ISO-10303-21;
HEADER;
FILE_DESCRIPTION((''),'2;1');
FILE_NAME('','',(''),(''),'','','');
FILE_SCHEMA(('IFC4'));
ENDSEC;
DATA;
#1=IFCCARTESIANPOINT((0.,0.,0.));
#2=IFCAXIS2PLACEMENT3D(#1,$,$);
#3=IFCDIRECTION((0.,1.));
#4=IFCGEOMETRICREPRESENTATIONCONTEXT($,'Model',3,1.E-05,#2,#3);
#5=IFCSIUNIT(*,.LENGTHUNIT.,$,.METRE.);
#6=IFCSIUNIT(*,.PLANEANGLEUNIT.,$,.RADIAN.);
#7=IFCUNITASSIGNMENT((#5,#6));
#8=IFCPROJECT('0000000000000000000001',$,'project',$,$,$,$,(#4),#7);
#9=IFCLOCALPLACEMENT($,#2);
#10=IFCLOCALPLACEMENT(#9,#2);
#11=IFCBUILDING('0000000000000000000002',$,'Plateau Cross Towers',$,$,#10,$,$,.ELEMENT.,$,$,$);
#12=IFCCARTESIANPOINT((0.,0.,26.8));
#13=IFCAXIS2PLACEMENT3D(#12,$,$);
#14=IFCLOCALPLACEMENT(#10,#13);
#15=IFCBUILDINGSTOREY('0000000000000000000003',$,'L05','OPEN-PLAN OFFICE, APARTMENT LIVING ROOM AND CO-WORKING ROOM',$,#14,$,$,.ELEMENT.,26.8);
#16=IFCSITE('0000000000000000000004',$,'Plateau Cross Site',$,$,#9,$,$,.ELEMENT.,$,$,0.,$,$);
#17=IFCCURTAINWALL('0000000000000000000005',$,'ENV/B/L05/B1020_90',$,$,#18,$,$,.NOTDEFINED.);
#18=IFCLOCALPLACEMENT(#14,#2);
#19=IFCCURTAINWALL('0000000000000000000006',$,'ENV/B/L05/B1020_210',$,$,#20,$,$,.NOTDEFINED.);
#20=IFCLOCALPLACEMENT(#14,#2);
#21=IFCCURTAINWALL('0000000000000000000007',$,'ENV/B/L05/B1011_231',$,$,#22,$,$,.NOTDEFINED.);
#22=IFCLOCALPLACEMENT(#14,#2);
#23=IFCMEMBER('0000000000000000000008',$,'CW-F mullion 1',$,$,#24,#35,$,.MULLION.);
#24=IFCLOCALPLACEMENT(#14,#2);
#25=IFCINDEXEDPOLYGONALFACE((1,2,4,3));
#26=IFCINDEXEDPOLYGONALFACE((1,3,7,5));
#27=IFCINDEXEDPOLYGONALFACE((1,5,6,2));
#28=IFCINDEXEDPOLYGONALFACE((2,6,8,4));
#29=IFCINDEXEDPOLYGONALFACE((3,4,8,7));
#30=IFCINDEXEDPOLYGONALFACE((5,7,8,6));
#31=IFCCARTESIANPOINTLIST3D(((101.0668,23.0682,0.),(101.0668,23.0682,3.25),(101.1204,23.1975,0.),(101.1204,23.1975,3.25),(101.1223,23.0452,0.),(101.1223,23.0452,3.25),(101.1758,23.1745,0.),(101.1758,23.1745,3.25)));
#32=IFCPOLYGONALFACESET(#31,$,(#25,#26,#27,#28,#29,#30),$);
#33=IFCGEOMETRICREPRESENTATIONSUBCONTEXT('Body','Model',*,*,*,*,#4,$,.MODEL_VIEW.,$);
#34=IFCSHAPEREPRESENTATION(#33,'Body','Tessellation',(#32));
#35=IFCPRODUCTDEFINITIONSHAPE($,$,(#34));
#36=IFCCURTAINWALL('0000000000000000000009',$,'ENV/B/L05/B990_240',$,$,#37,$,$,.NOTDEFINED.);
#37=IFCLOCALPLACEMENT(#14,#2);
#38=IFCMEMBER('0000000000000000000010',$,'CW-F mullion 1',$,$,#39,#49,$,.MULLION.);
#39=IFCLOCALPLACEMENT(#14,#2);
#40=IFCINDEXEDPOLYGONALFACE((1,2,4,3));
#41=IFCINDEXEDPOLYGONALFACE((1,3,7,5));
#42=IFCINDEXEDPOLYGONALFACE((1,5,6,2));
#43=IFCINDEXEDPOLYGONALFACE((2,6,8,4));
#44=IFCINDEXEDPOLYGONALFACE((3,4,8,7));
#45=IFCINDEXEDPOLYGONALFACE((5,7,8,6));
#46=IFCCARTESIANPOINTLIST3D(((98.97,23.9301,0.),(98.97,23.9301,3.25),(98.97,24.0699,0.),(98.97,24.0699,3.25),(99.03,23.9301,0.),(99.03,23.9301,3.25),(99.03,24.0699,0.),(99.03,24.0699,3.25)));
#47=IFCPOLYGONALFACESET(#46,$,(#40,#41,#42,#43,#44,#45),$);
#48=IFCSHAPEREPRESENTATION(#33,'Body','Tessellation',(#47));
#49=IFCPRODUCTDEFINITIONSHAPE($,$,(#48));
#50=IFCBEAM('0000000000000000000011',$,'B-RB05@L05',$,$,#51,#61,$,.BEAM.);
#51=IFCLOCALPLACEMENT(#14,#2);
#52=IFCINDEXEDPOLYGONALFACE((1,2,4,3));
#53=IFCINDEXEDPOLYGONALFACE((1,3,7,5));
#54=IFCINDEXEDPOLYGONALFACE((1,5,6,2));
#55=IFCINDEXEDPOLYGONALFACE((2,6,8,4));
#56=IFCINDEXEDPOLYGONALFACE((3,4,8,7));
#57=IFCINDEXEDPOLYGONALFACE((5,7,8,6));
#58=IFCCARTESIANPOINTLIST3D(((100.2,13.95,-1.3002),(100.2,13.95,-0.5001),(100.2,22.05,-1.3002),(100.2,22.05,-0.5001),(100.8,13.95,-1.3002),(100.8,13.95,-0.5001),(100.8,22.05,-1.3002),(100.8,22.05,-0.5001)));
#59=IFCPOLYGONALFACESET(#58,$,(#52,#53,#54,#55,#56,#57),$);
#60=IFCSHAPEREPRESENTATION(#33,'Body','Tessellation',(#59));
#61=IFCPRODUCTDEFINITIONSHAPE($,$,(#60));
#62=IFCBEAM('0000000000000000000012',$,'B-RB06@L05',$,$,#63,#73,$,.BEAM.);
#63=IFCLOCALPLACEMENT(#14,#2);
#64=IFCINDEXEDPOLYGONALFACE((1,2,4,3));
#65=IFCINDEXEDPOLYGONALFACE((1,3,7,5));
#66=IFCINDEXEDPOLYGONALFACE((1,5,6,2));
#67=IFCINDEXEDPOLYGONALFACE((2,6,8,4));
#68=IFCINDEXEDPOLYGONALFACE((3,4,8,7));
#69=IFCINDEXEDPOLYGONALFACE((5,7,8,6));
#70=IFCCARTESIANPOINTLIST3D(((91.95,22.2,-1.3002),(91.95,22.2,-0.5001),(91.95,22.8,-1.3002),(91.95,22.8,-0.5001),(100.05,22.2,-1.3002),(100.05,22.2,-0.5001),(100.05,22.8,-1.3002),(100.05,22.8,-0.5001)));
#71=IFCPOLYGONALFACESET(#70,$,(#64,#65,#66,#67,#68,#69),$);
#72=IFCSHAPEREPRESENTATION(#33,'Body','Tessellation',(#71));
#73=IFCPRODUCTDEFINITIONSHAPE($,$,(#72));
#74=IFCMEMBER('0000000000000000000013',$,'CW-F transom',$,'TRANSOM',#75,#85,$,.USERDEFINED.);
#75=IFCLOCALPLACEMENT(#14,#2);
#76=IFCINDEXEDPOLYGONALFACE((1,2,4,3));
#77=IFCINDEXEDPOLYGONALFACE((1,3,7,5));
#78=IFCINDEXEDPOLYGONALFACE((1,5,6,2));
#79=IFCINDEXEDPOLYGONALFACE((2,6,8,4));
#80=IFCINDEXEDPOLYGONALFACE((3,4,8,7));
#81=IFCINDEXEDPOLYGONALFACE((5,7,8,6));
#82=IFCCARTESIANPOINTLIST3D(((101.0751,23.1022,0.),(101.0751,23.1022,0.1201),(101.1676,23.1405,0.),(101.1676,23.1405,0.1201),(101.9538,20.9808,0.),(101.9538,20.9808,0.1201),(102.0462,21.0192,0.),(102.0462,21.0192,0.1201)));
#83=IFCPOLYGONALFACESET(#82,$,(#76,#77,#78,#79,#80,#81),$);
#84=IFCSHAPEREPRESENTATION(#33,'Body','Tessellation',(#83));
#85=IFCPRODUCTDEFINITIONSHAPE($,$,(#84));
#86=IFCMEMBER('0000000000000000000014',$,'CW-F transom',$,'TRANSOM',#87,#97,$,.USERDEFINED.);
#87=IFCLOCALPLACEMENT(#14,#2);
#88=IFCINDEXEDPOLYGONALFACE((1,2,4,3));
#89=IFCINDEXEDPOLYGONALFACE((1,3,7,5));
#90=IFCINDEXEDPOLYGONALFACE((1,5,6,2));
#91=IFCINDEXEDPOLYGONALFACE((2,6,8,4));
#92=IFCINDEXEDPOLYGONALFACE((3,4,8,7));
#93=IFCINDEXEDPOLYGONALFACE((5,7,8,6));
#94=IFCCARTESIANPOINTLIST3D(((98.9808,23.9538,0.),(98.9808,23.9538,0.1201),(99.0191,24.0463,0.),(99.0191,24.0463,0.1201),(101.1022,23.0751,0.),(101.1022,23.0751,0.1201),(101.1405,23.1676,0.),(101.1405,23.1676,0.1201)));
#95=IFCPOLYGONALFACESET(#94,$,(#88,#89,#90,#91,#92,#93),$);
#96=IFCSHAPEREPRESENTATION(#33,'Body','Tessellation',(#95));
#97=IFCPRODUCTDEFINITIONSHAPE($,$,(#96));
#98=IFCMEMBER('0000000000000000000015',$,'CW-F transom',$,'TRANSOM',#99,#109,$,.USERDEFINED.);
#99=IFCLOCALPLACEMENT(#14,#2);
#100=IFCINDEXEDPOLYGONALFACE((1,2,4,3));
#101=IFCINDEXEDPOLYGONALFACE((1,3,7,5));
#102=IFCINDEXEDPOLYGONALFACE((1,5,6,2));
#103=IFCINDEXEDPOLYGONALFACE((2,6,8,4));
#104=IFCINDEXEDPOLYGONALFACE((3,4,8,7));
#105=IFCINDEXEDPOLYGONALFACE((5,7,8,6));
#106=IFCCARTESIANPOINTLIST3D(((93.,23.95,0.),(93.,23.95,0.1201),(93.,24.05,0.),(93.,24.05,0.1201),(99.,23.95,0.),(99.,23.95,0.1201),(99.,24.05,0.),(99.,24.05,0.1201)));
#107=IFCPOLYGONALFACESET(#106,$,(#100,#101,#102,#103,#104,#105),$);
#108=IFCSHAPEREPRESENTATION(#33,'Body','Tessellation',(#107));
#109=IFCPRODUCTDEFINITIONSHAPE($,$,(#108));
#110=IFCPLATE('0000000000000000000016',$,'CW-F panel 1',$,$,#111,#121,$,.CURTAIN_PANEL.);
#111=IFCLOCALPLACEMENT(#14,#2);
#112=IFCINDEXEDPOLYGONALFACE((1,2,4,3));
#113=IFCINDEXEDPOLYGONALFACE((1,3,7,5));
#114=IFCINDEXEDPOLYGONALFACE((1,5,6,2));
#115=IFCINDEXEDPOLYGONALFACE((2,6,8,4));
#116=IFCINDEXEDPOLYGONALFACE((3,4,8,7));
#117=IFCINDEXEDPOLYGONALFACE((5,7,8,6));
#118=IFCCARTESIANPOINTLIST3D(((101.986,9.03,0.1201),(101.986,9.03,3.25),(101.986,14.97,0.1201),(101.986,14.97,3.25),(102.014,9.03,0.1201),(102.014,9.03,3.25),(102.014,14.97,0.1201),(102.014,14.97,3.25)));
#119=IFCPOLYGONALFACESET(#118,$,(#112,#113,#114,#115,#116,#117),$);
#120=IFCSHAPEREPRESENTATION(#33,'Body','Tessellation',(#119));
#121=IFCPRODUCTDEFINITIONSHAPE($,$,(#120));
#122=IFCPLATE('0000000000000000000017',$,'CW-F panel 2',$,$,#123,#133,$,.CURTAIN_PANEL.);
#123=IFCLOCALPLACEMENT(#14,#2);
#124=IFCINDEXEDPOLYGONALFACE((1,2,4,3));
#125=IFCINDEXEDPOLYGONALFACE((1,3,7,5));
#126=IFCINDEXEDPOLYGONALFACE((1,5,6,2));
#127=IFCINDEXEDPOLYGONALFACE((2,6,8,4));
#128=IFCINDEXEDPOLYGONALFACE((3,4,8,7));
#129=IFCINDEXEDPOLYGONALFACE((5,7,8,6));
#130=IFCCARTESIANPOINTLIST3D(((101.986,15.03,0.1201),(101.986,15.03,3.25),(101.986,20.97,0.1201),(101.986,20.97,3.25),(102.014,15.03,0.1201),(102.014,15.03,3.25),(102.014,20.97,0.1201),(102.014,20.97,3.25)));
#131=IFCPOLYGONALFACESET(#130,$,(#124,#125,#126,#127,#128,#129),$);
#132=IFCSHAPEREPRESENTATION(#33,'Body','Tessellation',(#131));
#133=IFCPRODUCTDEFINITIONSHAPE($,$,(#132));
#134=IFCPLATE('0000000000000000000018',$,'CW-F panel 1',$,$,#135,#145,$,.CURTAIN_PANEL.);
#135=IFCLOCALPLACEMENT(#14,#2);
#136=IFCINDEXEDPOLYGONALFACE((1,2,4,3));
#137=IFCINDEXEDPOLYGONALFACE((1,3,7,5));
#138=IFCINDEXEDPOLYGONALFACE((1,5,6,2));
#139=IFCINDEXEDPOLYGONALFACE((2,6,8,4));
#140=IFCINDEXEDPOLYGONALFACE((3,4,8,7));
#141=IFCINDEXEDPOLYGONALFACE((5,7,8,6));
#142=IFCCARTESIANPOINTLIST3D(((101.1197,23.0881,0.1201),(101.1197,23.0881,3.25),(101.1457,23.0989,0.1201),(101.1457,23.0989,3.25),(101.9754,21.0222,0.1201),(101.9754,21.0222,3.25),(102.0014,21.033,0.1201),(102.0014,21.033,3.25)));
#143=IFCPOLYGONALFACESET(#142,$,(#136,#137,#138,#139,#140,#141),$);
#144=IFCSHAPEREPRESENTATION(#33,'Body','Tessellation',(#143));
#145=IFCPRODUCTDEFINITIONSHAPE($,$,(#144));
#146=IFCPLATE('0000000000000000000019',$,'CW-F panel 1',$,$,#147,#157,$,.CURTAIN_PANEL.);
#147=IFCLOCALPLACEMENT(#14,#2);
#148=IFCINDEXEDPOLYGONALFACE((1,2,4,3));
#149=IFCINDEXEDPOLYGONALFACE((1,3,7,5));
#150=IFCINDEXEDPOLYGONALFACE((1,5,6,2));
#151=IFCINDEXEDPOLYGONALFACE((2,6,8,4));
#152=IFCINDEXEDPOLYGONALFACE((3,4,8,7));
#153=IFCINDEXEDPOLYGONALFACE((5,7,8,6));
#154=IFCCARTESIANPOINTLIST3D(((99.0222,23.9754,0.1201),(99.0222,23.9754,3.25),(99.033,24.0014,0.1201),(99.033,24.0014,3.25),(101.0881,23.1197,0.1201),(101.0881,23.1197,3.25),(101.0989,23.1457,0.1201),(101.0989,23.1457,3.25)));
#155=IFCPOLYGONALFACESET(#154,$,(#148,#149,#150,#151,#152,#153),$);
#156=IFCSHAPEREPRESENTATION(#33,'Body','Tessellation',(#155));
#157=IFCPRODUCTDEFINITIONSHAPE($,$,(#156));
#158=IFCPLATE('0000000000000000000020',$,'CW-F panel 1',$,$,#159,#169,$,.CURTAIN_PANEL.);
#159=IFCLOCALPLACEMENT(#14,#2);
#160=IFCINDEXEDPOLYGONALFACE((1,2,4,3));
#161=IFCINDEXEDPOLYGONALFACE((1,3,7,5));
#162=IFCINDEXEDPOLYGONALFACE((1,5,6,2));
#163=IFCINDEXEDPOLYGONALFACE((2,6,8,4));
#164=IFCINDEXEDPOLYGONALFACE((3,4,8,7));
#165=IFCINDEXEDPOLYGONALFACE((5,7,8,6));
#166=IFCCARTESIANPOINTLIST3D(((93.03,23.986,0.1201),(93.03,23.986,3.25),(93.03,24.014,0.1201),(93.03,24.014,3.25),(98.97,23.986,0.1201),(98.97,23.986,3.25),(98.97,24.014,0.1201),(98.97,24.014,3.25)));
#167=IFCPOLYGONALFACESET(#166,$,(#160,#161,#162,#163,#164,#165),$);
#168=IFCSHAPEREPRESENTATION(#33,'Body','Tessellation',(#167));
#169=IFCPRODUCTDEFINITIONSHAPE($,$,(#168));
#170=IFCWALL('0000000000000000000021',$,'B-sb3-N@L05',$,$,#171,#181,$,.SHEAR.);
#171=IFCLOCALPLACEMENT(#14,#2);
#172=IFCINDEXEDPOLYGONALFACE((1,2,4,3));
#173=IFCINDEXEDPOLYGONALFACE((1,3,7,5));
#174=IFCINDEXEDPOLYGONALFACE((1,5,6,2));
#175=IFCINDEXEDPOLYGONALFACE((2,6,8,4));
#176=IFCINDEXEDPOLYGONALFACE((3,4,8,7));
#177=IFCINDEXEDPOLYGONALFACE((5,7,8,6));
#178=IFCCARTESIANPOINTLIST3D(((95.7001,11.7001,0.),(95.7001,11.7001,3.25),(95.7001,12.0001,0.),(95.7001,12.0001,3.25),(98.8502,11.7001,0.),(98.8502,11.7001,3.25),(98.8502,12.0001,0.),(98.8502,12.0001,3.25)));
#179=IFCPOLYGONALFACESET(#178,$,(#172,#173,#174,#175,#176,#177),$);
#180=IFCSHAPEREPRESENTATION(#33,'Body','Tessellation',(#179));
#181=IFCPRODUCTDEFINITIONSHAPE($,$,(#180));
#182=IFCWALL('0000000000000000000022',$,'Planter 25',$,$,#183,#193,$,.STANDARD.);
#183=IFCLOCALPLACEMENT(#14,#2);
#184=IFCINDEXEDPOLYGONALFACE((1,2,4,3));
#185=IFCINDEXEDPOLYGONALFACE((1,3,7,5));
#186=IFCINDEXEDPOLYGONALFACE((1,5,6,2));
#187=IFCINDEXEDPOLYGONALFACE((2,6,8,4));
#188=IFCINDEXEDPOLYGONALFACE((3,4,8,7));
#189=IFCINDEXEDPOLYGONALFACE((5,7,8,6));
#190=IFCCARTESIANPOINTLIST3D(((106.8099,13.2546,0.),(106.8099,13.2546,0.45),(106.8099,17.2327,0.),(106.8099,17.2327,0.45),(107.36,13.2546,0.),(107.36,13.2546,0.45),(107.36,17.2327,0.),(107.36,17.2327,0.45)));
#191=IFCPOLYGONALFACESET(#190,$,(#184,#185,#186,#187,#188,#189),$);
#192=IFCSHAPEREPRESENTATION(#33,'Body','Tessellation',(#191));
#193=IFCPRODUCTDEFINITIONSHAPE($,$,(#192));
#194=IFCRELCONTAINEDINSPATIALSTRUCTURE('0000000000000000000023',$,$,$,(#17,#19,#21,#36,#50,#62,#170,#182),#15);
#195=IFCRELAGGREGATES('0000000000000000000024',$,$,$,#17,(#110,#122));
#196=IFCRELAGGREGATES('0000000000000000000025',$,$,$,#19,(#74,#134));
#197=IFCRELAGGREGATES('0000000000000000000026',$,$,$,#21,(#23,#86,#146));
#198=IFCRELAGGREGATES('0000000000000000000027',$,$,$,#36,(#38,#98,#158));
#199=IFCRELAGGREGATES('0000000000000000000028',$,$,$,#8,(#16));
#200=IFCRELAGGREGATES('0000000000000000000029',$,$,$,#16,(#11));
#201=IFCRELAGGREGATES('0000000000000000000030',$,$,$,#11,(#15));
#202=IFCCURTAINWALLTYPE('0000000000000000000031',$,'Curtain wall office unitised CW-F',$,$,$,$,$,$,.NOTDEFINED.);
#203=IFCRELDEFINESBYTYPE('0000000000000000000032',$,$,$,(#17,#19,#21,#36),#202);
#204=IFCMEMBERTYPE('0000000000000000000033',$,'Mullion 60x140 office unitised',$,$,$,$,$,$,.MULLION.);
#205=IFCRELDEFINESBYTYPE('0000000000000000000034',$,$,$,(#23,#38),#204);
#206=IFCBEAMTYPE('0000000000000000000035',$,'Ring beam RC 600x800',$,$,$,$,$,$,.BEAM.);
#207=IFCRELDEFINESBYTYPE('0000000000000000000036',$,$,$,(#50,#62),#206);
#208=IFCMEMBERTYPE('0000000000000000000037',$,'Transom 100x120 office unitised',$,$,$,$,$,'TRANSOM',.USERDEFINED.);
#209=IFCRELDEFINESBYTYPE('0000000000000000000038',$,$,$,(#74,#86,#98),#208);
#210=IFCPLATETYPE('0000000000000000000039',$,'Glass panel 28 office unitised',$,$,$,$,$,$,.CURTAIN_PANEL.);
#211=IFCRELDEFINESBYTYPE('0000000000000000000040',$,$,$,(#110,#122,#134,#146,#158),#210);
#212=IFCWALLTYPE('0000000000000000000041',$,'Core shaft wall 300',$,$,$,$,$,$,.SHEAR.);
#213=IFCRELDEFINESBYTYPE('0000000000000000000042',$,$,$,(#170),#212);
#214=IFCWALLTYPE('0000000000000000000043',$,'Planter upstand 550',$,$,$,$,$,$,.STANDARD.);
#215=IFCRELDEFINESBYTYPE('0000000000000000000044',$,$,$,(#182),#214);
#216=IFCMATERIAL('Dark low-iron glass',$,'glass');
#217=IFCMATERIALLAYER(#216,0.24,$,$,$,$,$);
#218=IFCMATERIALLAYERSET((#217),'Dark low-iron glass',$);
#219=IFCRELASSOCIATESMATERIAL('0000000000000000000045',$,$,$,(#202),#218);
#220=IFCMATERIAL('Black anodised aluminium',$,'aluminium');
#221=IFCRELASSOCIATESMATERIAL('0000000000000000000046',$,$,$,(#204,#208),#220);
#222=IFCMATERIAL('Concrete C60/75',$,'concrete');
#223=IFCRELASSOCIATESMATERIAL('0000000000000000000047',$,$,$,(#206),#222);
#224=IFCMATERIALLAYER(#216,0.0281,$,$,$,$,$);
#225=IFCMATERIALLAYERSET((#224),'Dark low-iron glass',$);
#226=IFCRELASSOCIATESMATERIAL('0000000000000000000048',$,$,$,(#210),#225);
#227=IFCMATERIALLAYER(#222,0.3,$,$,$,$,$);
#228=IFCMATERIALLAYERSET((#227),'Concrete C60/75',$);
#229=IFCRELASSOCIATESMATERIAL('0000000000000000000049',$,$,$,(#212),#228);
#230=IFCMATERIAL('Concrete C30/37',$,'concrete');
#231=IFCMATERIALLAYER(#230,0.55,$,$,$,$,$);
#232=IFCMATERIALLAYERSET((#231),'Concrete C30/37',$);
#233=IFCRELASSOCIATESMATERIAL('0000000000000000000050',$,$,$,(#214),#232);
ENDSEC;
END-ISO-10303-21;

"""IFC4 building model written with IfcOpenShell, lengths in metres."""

from ifc_helpers import new_model, si_unit, direction, frame, frame_2d, origin, origin_2d, place, context, subcontext, project, spatial, rectangle, extrude, material, layer, layer_set, material_profile, profile_set, type_object, element, aggregate, save


model = new_model("IFC4")

# Units and contexts
model_context = context("Model", 3, precision=1e-05, world=origin(), true_north=direction((0.0, 1.0)))
body_context = subcontext(model_context, "Body", "Model", "MODEL_VIEW")
ifc_project = project(units=[si_unit("LENGTHUNIT", "METRE"), si_unit("PLANEANGLEUNIT", "RADIAN")], contexts=[model_context])

# Site, building, storey
site_placement = place(None, origin())
site = spatial("IfcSite", under=ifc_project, at=site_placement, Name="Plateau Cross Site", CompositionType="ELEMENT", RefElevation=0.0)
building_placement = place(site_placement, origin())
building = spatial("IfcBuilding", under=site, at=building_placement, Name="Plateau Cross Towers", CompositionType="ELEMENT")
storey_placement = place(building_placement, frame((0.0, 0.0, 26.8)))
storey = spatial("IfcBuildingStorey", under=building, at=storey_placement, Name="L05", Description="OPEN-PLAN OFFICE, APARTMENT LIVING ROOM AND CO-WORKING ROOM", CompositionType="ELEMENT", Elevation=26.8)

# Shared definitions
ifc_material_1 = material(Name="Concrete C60/75", Category="concrete")

# Curtain walls, members
ifc_material_2 = material(Name="Dark low-iron glass", Category="glass")
ifc_layer_1 = layer(ifc_material_2, 0.24)
ifc_layer_set_1 = layer_set([ifc_layer_1], Name="Dark low-iron glass")
curtain_wall_type = type_object("IfcCurtainWallType", Name="Curtain wall office unitised CW-F", PredefinedType="NOTDEFINED", material=ifc_layer_set_1)
curtain_wall_1_placement = place(storey_placement, origin())
curtain_wall_1 = element("IfcCurtainWall", 1, at=curtain_wall_1_placement, inside=storey, type_object=curtain_wall_type, Name="ENV/B/L05/B1020_90", PredefinedType="NOTDEFINED")
ifc_material_3 = material(Name="Black anodised aluminium", Category="aluminium")
ifc_material_profile_1 = material_profile(ifc_material_3, rectangle(XDim=0.0601, YDim=0.1399, at=origin_2d()), Name="MULLION 60x140")
ifc_profile_set_1 = profile_set([ifc_material_profile_1], Name="Black anodised aluminium")
member_type_1 = type_object("IfcMemberType", Name="Mullion 60x140 office unitised", PredefinedType="MULLION", material=ifc_profile_set_1)
curtain_wall_2_placement = place(storey_placement, origin())
curtain_wall_2 = element("IfcCurtainWall", 2, at=curtain_wall_2_placement, inside=storey, type_object=curtain_wall_type, Name="ENV/B/L05/B1020_210", PredefinedType="NOTDEFINED")
curtain_wall_3_placement = place(storey_placement, origin())
curtain_wall_3 = element("IfcCurtainWall", 3, at=curtain_wall_3_placement, inside=storey, type_object=curtain_wall_type, Name="ENV/B/L05/B1011_231", PredefinedType="NOTDEFINED")
member_1_placement = place(storey_placement, frame((101.1213, 23.1213, 0.0), z_axis=(0.0, 0.0, 1.0), x_axis=(-0.923879, 0.382684, 0.0)))
member_1 = element("IfcMember", 4, at=member_1_placement, type_object=member_type_1, Name="CW-F mullion 1", PredefinedType="MULLION", context=body_context, shape_type="SweptSolid", body=[
    extrude(rectangle(XDim=0.0601, YDim=0.1399, at=origin_2d()), origin(), (0.0, 0.0, 1.0), 3.25),
])
curtain_wall_4_placement = place(storey_placement, origin())
curtain_wall_4 = element("IfcCurtainWall", 5, at=curtain_wall_4_placement, inside=storey, type_object=curtain_wall_type, Name="ENV/B/L05/B990_240", PredefinedType="NOTDEFINED")
member_2_placement = place(storey_placement, frame((99.0, 24.0, 0.0), z_axis=(0.0, 0.0, 1.0), x_axis=(-1.0, 0.0, 0.0)))
member_2 = element("IfcMember", 6, at=member_2_placement, type_object=member_type_1, Name="CW-F mullion 1", PredefinedType="MULLION", context=body_context, shape_type="SweptSolid", body=[
    extrude(rectangle(XDim=0.0601, YDim=0.1399, at=origin_2d()), origin(), (0.0, 0.0, 1.0), 3.25),
])

# Beams
ifc_material_profile_2 = material_profile(ifc_material_1, rectangle(XDim=0.6001, YDim=0.8, at=origin_2d()), Name="RC 600x800")
ifc_profile_set_2 = profile_set([ifc_material_profile_2], Name="Concrete C60/75")
beam_type = type_object("IfcBeamType", Name="Ring beam RC 600x800", PredefinedType="BEAM", material=ifc_profile_set_2)
for number, where, z_axis, x_axis, name in (
    (7, (100.5, 13.95, -0.9001), (0.0, 1.0, 0.0), (-1.0, 0.0, 0.0), "B-RB05@L05"),
    (8, (100.05, 22.5, -0.9001), (-1.0, 0.0, 0.0), (0.0, -1.0, 0.0), "B-RB06@L05"),
):
    element("IfcBeam", number, at=place(storey_placement, frame(where, z_axis=z_axis, x_axis=x_axis)), inside=storey, type_object=beam_type, Name=name, PredefinedType="BEAM", context=body_context, shape_type="SweptSolid", body=[
        extrude(rectangle(XDim=0.6001, YDim=0.8, at=origin_2d()), origin(), (0.0, 0.0, 1.0), 8.1001),
    ])

# Members
ifc_material_profile_3 = material_profile(ifc_material_3, rectangle(XDim=0.1001, YDim=0.1201, at=origin_2d()), Name="TRANSOM 100x120")
ifc_profile_set_3 = profile_set([ifc_material_profile_3], Name="Black anodised aluminium")
member_type_2 = type_object("IfcMemberType", Name="Transom 100x120 office unitised", ElementType="TRANSOM", PredefinedType="USERDEFINED", material=ifc_profile_set_3)
member_3_placement = place(storey_placement, frame((102.0, 21.0, 0.0601), z_axis=(-0.382674, 0.923883, 0.0), x_axis=(-0.923883, -0.382674, 0.0)))
member_3 = element("IfcMember", 9, at=member_3_placement, type_object=member_type_2, Name="CW-F transom", ObjectType="TRANSOM", PredefinedType="USERDEFINED", context=body_context, shape_type="SweptSolid", body=[
    extrude(rectangle(XDim=0.1001, YDim=0.1201, at=origin_2d()), origin(), (0.0, 0.0, 1.0), 2.2961),
])
member_4_placement = place(storey_placement, frame((101.1213, 23.1213, 0.0601), z_axis=(-0.923883, 0.382674, 0.0), x_axis=(-0.382674, -0.923883, 0.0)))
member_4 = element("IfcMember", 10, at=member_4_placement, type_object=member_type_2, Name="CW-F transom", ObjectType="TRANSOM", PredefinedType="USERDEFINED", context=body_context, shape_type="SweptSolid", body=[
    extrude(rectangle(XDim=0.1001, YDim=0.1201, at=origin_2d()), origin(), (0.0, 0.0, 1.0), 2.2961),
])
member_5_placement = place(storey_placement, frame((99.0, 24.0, 0.0601), z_axis=(-1.0, 0.0, 0.0), x_axis=(0.0, -1.0, 0.0)))
member_5 = element("IfcMember", 11, at=member_5_placement, type_object=member_type_2, Name="CW-F transom", ObjectType="TRANSOM", PredefinedType="USERDEFINED", context=body_context, shape_type="SweptSolid", body=[
    extrude(rectangle(XDim=0.1001, YDim=0.1201, at=origin_2d()), origin(), (0.0, 0.0, 1.0), 6.0),
])

# Plates
ifc_layer_2 = layer(ifc_material_2, 0.0281)
ifc_layer_set_2 = layer_set([ifc_layer_2], Name="Dark low-iron glass")
plate_type = type_object("IfcPlateType", Name="Glass panel 28 office unitised", PredefinedType="CURTAIN_PANEL", material=ifc_layer_set_2)
plate_1_placement = place(storey_placement, frame((102.0, 12.0, 0.1201), z_axis=(0.0, 0.0, 1.0), x_axis=(0.0, 1.0, 0.0)))
plate_1 = element("IfcPlate", 12, at=plate_1_placement, type_object=plate_type, Name="CW-F panel 1", PredefinedType="CURTAIN_PANEL", context=body_context, shape_type="SweptSolid", body=[
    extrude(rectangle(XDim=5.9399, YDim=0.0281, at=origin_2d()), origin(), (0.0, 0.0, 1.0), 3.1299),
])
plate_2_placement = place(storey_placement, frame((102.0, 18.0, 0.1201), z_axis=(0.0, 0.0, 1.0), x_axis=(0.0, 1.0, 0.0)))
plate_2 = element("IfcPlate", 13, at=plate_2_placement, type_object=plate_type, Name="CW-F panel 2", PredefinedType="CURTAIN_PANEL", context=body_context, shape_type="SweptSolid", body=[
    extrude(rectangle(XDim=5.9399, YDim=0.0281, at=origin_2d()), origin(), (0.0, 0.0, 1.0), 3.1299),
])
aggregate(curtain_wall_1, [plate_1, plate_2])
plate_3_placement = place(storey_placement, frame((101.5605, 22.0605, 0.1201), z_axis=(0.0, 0.0, 1.0), x_axis=(-0.382684, 0.923879, 0.0)))
plate_3 = element("IfcPlate", 14, at=plate_3_placement, type_object=plate_type, Name="CW-F panel 1", PredefinedType="CURTAIN_PANEL", context=body_context, shape_type="SweptSolid", body=[
    extrude(rectangle(XDim=2.2361, YDim=0.0281, at=origin_2d()), origin(), (0.0, 0.0, 1.0), 3.1299),
])
aggregate(curtain_wall_2, [member_3, plate_3])
plate_4_placement = place(storey_placement, frame((100.0605, 23.5605, 0.1201), z_axis=(0.0, 0.0, 1.0), x_axis=(-0.923879, 0.382684, 0.0)))
plate_4 = element("IfcPlate", 15, at=plate_4_placement, type_object=plate_type, Name="CW-F panel 1", PredefinedType="CURTAIN_PANEL", context=body_context, shape_type="SweptSolid", body=[
    extrude(rectangle(XDim=2.2361, YDim=0.0281, at=origin_2d()), origin(), (0.0, 0.0, 1.0), 3.1299),
])
aggregate(curtain_wall_3, [member_1, member_4, plate_4])
plate_5_placement = place(storey_placement, frame((96.0, 24.0, 0.1201), z_axis=(0.0, 0.0, 1.0), x_axis=(-1.0, 0.0, 0.0)))
plate_5 = element("IfcPlate", 16, at=plate_5_placement, type_object=plate_type, Name="CW-F panel 1", PredefinedType="CURTAIN_PANEL", context=body_context, shape_type="SweptSolid", body=[
    extrude(rectangle(XDim=5.9399, YDim=0.0281, at=origin_2d()), origin(), (0.0, 0.0, 1.0), 3.1299),
])
aggregate(curtain_wall_4, [member_2, member_5, plate_5])

# Walls
ifc_layer_3 = layer(ifc_material_1, 0.3)
ifc_layer_set_3 = layer_set([ifc_layer_3], Name="Concrete C60/75")
wall_type_1 = type_object("IfcWallType", Name="Core shaft wall 300", PredefinedType="SHEAR", material=ifc_layer_set_3)
wall_1_placement = place(storey_placement, frame((95.7, 11.8501, 0.0), z_axis=(0.0, 0.0, 1.0), x_axis=(1.0, 0.0, 0.0)))
element("IfcWall", 17, at=wall_1_placement, inside=storey, type_object=wall_type_1, Name="B-sb3-N@L05", PredefinedType="SHEAR", context=body_context, shape_type="SweptSolid", body=[
    extrude(rectangle(XDim=3.1501, YDim=0.3, at=frame_2d((1.5752, 0.0))), origin(), (0.0, 0.0, 1.0), 3.25),
])
ifc_material_4 = material(Name="Concrete C30/37", Category="concrete")
ifc_layer_4 = layer(ifc_material_4, 0.55)
ifc_layer_set_4 = layer_set([ifc_layer_4], Name="Concrete C30/37")
wall_type_2 = type_object("IfcWallType", Name="Planter upstand 550", PredefinedType="STANDARD", material=ifc_layer_set_4)
wall_2_placement = place(storey_placement, frame((107.085, 17.2327, 0.0), z_axis=(0.0, 0.0, 1.0), x_axis=(0.0, -1.0, 0.0)))
element("IfcWall", 18, at=wall_2_placement, inside=storey, type_object=wall_type_2, Name="Planter 25", PredefinedType="STANDARD", context=body_context, shape_type="SweptSolid", body=[
    extrude(rectangle(XDim=3.978, YDim=0.55, at=frame_2d((1.989, 0.0))), origin(), (0.0, 0.0, 1.0), 0.45),
])

save(model, "model.ifc")
